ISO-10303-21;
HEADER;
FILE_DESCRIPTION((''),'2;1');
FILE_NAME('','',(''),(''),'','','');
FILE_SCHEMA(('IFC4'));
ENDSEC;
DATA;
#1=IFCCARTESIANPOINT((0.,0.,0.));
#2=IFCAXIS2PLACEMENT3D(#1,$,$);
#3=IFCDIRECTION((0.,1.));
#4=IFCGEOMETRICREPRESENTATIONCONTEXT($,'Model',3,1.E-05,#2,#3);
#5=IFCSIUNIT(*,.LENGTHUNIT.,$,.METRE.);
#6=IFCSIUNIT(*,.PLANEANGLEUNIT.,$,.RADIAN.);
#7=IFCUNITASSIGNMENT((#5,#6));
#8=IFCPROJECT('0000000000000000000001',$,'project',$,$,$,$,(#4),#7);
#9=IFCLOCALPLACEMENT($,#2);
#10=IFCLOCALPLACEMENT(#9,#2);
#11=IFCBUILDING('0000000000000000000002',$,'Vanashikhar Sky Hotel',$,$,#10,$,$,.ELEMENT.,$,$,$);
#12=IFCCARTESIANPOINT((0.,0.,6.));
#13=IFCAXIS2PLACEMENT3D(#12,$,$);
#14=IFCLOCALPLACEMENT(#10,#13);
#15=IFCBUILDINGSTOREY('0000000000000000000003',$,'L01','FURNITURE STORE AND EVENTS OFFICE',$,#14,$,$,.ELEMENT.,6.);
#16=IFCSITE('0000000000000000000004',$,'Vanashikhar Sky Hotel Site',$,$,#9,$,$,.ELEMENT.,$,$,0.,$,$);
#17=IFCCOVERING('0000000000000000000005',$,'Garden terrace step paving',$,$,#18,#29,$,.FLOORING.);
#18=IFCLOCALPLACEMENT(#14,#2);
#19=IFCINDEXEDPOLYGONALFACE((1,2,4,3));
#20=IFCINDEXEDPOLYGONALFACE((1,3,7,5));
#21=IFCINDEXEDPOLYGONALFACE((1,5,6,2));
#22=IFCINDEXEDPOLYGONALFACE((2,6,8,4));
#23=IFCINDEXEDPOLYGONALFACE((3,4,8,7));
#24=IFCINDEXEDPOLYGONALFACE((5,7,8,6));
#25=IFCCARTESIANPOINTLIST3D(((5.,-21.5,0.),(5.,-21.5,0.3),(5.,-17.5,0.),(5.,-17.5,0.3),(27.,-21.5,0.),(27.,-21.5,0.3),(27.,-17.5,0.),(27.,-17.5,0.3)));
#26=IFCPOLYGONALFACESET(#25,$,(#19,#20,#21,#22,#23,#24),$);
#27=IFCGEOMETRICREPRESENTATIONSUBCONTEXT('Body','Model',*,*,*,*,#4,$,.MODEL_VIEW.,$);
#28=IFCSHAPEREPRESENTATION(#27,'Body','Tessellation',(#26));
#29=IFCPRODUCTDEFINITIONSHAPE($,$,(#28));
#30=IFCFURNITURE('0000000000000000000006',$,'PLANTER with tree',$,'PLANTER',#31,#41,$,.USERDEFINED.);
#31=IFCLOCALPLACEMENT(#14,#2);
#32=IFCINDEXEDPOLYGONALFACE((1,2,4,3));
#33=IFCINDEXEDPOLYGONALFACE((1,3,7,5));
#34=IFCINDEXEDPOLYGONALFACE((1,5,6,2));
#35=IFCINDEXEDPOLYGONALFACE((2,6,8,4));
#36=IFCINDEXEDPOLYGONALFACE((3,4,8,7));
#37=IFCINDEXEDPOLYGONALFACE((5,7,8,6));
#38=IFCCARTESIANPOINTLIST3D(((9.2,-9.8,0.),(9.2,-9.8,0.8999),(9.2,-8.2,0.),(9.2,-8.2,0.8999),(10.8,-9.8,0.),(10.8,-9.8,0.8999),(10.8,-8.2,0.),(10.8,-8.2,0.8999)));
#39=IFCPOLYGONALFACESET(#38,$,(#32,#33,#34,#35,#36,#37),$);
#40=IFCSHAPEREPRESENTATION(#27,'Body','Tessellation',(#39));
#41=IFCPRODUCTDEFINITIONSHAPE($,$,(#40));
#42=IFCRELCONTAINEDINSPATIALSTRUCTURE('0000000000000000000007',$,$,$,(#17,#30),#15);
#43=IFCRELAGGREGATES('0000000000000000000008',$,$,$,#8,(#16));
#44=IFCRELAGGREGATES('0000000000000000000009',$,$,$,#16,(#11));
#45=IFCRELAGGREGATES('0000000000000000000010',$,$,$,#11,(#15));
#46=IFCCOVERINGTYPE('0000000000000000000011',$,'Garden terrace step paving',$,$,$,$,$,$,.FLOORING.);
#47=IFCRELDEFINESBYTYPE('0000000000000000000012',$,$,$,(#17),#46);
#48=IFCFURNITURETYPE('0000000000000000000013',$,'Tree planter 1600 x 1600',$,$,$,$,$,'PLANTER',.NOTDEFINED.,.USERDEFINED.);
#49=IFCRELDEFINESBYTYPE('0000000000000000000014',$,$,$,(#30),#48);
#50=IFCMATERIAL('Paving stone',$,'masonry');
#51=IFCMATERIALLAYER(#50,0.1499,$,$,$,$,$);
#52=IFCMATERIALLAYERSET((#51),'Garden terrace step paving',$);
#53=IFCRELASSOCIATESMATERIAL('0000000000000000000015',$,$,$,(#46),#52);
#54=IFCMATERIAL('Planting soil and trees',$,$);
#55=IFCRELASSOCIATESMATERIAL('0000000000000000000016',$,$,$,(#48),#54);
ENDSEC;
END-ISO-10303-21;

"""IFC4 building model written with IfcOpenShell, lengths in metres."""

from ifc_helpers import new_model, si_unit, direction, frame, origin, origin_2d, place, context, subcontext, project, spatial, rectangle, extrude, source, transform, mapped, material, layer, layer_set, type_object, element, save


model = new_model("IFC4")

# Units and contexts
model_context = context("Model", 3, precision=1e-05, world=origin(), true_north=direction((0.0, 1.0)))
body_context = subcontext(model_context, "Body", "Model", "MODEL_VIEW")
ifc_project = project(units=[si_unit("LENGTHUNIT", "METRE"), si_unit("PLANEANGLEUNIT", "RADIAN")], contexts=[model_context])

# Site, building, storey
site_placement = place(None, origin())
site = spatial("IfcSite", under=ifc_project, at=site_placement, Name="Vanashikhar Sky Hotel Site", CompositionType="ELEMENT", RefElevation=0.0)
building_placement = place(site_placement, origin())
building = spatial("IfcBuilding", under=site, at=building_placement, Name="Vanashikhar Sky Hotel", CompositionType="ELEMENT")
storey_placement = place(building_placement, frame((0.0, 0.0, 6.0)))
storey = spatial("IfcBuildingStorey", under=building, at=storey_placement, Name="L01", Description="FURNITURE STORE AND EVENTS OFFICE", CompositionType="ELEMENT", Elevation=6.0)

# Covering
ifc_material_1 = material(Name="Paving stone", Category="masonry")
ifc_layer_1 = layer(ifc_material_1, 0.1499)
ifc_layer_set_1 = layer_set([ifc_layer_1], Name="Garden terrace step paving")
covering_type = type_object("IfcCoveringType", Name="Garden terrace step paving", PredefinedType="FLOORING", material=ifc_layer_set_1)
shared_shape_1 = source(origin(), body_context, "Body", "SweptSolid", [
    extrude(rectangle(XDim=22.0, YDim=4.0, at=origin_2d()), origin(), (0.0, 0.0, 1.0), 0.3),
])
covering_placement = place(storey_placement, frame((16.0, -19.5, 0.0), z_axis=(0.0, 0.0, 1.0), x_axis=(1.0, 0.0, 0.0)))
element("IfcCovering", 1, at=covering_placement, inside=storey, type_object=covering_type, Name="Garden terrace step paving", PredefinedType="FLOORING", context=body_context, shape_type="MappedRepresentation", body=[
    mapped(shared_shape_1, transform((0.0, 0.0, 0.0), scale=1.0)),
])

# Furniture
ifc_material_2 = material(Name="Planting soil and trees")
furniture_type = type_object("IfcFurnitureType", Name="Tree planter 1600 x 1600", ElementType="PLANTER", AssemblyPlace="NOTDEFINED", PredefinedType="USERDEFINED", material=ifc_material_2)
shared_shape_2 = source(origin(), body_context, "Body", "SweptSolid", [
    extrude(rectangle(XDim=1.6001, YDim=1.6001, at=origin_2d()), origin(), (0.0, 0.0, 1.0), 0.8999),
])
furniture_placement = place(storey_placement, frame((10.0, -9.0, 0.0), z_axis=(0.0, 0.0, 1.0), x_axis=(1.0, 0.0, 0.0)))
element("IfcFurniture", 2, at=furniture_placement, inside=storey, type_object=furniture_type, Name="PLANTER with tree", ObjectType="PLANTER", PredefinedType="USERDEFINED", context=body_context, shape_type="MappedRepresentation", body=[
    mapped(shared_shape_2, transform((0.0, 0.0, 0.0), scale=1.0)),
])

save(model, "model.ifc")
